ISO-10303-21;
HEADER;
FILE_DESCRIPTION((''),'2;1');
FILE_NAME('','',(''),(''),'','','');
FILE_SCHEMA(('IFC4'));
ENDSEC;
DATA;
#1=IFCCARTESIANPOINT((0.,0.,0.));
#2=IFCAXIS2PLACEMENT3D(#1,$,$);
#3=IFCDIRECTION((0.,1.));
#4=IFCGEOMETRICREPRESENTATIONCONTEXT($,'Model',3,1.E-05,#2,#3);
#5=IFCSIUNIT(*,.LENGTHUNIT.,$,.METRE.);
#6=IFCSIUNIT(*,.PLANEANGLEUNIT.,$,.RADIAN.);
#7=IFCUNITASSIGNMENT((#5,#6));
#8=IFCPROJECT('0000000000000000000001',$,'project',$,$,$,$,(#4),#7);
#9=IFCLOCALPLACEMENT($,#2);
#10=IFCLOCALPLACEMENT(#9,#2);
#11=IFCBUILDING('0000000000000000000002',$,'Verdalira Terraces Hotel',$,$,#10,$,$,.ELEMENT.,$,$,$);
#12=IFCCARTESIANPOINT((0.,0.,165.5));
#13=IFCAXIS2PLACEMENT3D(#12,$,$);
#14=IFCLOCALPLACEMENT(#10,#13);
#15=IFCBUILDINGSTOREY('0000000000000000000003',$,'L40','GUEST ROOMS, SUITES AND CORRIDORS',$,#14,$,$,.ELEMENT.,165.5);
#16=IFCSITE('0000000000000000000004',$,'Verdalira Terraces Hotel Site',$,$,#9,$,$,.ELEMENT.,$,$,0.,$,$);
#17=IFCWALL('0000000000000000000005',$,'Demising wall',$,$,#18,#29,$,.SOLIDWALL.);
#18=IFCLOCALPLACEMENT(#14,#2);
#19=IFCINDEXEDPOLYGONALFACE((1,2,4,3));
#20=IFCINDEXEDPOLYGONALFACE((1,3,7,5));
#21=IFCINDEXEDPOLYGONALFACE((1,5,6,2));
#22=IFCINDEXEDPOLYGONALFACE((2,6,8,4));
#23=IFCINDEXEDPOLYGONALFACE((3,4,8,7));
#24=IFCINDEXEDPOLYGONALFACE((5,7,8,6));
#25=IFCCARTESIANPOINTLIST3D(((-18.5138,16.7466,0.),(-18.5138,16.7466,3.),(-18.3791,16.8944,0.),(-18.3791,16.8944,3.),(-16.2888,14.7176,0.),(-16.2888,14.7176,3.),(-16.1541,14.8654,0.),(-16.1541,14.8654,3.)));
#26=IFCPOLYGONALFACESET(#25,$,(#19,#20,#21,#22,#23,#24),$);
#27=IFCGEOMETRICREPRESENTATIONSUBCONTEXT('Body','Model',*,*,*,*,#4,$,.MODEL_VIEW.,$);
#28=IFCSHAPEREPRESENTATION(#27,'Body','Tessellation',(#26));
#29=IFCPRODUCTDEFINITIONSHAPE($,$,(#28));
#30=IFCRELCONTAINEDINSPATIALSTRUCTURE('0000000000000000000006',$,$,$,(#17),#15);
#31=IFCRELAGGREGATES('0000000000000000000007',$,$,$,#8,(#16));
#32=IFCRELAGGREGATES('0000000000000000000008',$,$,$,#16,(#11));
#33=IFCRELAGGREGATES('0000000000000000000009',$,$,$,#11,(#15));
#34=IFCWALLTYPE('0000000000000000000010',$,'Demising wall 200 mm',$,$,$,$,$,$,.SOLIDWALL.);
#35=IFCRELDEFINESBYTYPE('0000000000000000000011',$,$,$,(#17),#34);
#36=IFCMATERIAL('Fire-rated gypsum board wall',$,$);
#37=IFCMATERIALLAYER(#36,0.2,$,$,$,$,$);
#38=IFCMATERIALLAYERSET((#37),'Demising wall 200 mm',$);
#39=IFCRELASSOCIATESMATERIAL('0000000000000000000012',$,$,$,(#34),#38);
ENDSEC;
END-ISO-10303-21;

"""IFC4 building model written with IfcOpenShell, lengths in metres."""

from ifc_helpers import new_model, si_unit, direction, frame, frame_2d, origin, place, context, subcontext, project, spatial, rectangle, extrude, material, layer, layer_set, type_object, element, save


model = new_model("IFC4")

# Units and contexts
model_context = context("Model", 3, precision=1e-05, world=origin(), true_north=direction((0.0, 1.0)))
body_context = subcontext(model_context, "Body", "Model", "MODEL_VIEW")
ifc_project = project(units=[si_unit("LENGTHUNIT", "METRE"), si_unit("PLANEANGLEUNIT", "RADIAN")], contexts=[model_context])

# Site, building, storey
site_placement = place(None, origin())
site = spatial("IfcSite", under=ifc_project, at=site_placement, Name="Verdalira Terraces Hotel Site", CompositionType="ELEMENT", RefElevation=0.0)
building_placement = place(site_placement, origin())
building = spatial("IfcBuilding", under=site, at=building_placement, Name="Verdalira Terraces Hotel", CompositionType="ELEMENT")
storey_placement = place(building_placement, frame((0.0, 0.0, 165.5)))
storey = spatial("IfcBuildingStorey", under=building, at=storey_placement, Name="L40", Description="GUEST ROOMS, SUITES AND CORRIDORS", CompositionType="ELEMENT", Elevation=165.5)

# Wall
ifc_material_1 = material(Name="Fire-rated gypsum board wall")
ifc_layer_1 = layer(ifc_material_1, 0.2)
ifc_layer_set_1 = layer_set([ifc_layer_1], Name="Demising wall 200 mm")
wall_type_1 = type_object("IfcWallType", Name="Demising wall 200 mm", PredefinedType="SOLIDWALL", material=ifc_layer_set_1)
wall_1_placement = place(storey_placement, frame((-16.2214, 14.7915, 0.0), z_axis=(0.0, 0.0, 1.0), x_axis=(-0.738908, 0.673806, 0.0)))
element("IfcWall", 1, at=wall_1_placement, inside=storey, type_object=wall_type_1, Name="Demising wall", PredefinedType="SOLIDWALL", context=body_context, shape_type="SweptSolid", body=[
    extrude(rectangle(XDim=3.0112, YDim=0.2, at=frame_2d((1.5056, 0.0))), origin(), (0.0, 0.0, 1.0), 3.0),
])

save(model, "model.ifc")
